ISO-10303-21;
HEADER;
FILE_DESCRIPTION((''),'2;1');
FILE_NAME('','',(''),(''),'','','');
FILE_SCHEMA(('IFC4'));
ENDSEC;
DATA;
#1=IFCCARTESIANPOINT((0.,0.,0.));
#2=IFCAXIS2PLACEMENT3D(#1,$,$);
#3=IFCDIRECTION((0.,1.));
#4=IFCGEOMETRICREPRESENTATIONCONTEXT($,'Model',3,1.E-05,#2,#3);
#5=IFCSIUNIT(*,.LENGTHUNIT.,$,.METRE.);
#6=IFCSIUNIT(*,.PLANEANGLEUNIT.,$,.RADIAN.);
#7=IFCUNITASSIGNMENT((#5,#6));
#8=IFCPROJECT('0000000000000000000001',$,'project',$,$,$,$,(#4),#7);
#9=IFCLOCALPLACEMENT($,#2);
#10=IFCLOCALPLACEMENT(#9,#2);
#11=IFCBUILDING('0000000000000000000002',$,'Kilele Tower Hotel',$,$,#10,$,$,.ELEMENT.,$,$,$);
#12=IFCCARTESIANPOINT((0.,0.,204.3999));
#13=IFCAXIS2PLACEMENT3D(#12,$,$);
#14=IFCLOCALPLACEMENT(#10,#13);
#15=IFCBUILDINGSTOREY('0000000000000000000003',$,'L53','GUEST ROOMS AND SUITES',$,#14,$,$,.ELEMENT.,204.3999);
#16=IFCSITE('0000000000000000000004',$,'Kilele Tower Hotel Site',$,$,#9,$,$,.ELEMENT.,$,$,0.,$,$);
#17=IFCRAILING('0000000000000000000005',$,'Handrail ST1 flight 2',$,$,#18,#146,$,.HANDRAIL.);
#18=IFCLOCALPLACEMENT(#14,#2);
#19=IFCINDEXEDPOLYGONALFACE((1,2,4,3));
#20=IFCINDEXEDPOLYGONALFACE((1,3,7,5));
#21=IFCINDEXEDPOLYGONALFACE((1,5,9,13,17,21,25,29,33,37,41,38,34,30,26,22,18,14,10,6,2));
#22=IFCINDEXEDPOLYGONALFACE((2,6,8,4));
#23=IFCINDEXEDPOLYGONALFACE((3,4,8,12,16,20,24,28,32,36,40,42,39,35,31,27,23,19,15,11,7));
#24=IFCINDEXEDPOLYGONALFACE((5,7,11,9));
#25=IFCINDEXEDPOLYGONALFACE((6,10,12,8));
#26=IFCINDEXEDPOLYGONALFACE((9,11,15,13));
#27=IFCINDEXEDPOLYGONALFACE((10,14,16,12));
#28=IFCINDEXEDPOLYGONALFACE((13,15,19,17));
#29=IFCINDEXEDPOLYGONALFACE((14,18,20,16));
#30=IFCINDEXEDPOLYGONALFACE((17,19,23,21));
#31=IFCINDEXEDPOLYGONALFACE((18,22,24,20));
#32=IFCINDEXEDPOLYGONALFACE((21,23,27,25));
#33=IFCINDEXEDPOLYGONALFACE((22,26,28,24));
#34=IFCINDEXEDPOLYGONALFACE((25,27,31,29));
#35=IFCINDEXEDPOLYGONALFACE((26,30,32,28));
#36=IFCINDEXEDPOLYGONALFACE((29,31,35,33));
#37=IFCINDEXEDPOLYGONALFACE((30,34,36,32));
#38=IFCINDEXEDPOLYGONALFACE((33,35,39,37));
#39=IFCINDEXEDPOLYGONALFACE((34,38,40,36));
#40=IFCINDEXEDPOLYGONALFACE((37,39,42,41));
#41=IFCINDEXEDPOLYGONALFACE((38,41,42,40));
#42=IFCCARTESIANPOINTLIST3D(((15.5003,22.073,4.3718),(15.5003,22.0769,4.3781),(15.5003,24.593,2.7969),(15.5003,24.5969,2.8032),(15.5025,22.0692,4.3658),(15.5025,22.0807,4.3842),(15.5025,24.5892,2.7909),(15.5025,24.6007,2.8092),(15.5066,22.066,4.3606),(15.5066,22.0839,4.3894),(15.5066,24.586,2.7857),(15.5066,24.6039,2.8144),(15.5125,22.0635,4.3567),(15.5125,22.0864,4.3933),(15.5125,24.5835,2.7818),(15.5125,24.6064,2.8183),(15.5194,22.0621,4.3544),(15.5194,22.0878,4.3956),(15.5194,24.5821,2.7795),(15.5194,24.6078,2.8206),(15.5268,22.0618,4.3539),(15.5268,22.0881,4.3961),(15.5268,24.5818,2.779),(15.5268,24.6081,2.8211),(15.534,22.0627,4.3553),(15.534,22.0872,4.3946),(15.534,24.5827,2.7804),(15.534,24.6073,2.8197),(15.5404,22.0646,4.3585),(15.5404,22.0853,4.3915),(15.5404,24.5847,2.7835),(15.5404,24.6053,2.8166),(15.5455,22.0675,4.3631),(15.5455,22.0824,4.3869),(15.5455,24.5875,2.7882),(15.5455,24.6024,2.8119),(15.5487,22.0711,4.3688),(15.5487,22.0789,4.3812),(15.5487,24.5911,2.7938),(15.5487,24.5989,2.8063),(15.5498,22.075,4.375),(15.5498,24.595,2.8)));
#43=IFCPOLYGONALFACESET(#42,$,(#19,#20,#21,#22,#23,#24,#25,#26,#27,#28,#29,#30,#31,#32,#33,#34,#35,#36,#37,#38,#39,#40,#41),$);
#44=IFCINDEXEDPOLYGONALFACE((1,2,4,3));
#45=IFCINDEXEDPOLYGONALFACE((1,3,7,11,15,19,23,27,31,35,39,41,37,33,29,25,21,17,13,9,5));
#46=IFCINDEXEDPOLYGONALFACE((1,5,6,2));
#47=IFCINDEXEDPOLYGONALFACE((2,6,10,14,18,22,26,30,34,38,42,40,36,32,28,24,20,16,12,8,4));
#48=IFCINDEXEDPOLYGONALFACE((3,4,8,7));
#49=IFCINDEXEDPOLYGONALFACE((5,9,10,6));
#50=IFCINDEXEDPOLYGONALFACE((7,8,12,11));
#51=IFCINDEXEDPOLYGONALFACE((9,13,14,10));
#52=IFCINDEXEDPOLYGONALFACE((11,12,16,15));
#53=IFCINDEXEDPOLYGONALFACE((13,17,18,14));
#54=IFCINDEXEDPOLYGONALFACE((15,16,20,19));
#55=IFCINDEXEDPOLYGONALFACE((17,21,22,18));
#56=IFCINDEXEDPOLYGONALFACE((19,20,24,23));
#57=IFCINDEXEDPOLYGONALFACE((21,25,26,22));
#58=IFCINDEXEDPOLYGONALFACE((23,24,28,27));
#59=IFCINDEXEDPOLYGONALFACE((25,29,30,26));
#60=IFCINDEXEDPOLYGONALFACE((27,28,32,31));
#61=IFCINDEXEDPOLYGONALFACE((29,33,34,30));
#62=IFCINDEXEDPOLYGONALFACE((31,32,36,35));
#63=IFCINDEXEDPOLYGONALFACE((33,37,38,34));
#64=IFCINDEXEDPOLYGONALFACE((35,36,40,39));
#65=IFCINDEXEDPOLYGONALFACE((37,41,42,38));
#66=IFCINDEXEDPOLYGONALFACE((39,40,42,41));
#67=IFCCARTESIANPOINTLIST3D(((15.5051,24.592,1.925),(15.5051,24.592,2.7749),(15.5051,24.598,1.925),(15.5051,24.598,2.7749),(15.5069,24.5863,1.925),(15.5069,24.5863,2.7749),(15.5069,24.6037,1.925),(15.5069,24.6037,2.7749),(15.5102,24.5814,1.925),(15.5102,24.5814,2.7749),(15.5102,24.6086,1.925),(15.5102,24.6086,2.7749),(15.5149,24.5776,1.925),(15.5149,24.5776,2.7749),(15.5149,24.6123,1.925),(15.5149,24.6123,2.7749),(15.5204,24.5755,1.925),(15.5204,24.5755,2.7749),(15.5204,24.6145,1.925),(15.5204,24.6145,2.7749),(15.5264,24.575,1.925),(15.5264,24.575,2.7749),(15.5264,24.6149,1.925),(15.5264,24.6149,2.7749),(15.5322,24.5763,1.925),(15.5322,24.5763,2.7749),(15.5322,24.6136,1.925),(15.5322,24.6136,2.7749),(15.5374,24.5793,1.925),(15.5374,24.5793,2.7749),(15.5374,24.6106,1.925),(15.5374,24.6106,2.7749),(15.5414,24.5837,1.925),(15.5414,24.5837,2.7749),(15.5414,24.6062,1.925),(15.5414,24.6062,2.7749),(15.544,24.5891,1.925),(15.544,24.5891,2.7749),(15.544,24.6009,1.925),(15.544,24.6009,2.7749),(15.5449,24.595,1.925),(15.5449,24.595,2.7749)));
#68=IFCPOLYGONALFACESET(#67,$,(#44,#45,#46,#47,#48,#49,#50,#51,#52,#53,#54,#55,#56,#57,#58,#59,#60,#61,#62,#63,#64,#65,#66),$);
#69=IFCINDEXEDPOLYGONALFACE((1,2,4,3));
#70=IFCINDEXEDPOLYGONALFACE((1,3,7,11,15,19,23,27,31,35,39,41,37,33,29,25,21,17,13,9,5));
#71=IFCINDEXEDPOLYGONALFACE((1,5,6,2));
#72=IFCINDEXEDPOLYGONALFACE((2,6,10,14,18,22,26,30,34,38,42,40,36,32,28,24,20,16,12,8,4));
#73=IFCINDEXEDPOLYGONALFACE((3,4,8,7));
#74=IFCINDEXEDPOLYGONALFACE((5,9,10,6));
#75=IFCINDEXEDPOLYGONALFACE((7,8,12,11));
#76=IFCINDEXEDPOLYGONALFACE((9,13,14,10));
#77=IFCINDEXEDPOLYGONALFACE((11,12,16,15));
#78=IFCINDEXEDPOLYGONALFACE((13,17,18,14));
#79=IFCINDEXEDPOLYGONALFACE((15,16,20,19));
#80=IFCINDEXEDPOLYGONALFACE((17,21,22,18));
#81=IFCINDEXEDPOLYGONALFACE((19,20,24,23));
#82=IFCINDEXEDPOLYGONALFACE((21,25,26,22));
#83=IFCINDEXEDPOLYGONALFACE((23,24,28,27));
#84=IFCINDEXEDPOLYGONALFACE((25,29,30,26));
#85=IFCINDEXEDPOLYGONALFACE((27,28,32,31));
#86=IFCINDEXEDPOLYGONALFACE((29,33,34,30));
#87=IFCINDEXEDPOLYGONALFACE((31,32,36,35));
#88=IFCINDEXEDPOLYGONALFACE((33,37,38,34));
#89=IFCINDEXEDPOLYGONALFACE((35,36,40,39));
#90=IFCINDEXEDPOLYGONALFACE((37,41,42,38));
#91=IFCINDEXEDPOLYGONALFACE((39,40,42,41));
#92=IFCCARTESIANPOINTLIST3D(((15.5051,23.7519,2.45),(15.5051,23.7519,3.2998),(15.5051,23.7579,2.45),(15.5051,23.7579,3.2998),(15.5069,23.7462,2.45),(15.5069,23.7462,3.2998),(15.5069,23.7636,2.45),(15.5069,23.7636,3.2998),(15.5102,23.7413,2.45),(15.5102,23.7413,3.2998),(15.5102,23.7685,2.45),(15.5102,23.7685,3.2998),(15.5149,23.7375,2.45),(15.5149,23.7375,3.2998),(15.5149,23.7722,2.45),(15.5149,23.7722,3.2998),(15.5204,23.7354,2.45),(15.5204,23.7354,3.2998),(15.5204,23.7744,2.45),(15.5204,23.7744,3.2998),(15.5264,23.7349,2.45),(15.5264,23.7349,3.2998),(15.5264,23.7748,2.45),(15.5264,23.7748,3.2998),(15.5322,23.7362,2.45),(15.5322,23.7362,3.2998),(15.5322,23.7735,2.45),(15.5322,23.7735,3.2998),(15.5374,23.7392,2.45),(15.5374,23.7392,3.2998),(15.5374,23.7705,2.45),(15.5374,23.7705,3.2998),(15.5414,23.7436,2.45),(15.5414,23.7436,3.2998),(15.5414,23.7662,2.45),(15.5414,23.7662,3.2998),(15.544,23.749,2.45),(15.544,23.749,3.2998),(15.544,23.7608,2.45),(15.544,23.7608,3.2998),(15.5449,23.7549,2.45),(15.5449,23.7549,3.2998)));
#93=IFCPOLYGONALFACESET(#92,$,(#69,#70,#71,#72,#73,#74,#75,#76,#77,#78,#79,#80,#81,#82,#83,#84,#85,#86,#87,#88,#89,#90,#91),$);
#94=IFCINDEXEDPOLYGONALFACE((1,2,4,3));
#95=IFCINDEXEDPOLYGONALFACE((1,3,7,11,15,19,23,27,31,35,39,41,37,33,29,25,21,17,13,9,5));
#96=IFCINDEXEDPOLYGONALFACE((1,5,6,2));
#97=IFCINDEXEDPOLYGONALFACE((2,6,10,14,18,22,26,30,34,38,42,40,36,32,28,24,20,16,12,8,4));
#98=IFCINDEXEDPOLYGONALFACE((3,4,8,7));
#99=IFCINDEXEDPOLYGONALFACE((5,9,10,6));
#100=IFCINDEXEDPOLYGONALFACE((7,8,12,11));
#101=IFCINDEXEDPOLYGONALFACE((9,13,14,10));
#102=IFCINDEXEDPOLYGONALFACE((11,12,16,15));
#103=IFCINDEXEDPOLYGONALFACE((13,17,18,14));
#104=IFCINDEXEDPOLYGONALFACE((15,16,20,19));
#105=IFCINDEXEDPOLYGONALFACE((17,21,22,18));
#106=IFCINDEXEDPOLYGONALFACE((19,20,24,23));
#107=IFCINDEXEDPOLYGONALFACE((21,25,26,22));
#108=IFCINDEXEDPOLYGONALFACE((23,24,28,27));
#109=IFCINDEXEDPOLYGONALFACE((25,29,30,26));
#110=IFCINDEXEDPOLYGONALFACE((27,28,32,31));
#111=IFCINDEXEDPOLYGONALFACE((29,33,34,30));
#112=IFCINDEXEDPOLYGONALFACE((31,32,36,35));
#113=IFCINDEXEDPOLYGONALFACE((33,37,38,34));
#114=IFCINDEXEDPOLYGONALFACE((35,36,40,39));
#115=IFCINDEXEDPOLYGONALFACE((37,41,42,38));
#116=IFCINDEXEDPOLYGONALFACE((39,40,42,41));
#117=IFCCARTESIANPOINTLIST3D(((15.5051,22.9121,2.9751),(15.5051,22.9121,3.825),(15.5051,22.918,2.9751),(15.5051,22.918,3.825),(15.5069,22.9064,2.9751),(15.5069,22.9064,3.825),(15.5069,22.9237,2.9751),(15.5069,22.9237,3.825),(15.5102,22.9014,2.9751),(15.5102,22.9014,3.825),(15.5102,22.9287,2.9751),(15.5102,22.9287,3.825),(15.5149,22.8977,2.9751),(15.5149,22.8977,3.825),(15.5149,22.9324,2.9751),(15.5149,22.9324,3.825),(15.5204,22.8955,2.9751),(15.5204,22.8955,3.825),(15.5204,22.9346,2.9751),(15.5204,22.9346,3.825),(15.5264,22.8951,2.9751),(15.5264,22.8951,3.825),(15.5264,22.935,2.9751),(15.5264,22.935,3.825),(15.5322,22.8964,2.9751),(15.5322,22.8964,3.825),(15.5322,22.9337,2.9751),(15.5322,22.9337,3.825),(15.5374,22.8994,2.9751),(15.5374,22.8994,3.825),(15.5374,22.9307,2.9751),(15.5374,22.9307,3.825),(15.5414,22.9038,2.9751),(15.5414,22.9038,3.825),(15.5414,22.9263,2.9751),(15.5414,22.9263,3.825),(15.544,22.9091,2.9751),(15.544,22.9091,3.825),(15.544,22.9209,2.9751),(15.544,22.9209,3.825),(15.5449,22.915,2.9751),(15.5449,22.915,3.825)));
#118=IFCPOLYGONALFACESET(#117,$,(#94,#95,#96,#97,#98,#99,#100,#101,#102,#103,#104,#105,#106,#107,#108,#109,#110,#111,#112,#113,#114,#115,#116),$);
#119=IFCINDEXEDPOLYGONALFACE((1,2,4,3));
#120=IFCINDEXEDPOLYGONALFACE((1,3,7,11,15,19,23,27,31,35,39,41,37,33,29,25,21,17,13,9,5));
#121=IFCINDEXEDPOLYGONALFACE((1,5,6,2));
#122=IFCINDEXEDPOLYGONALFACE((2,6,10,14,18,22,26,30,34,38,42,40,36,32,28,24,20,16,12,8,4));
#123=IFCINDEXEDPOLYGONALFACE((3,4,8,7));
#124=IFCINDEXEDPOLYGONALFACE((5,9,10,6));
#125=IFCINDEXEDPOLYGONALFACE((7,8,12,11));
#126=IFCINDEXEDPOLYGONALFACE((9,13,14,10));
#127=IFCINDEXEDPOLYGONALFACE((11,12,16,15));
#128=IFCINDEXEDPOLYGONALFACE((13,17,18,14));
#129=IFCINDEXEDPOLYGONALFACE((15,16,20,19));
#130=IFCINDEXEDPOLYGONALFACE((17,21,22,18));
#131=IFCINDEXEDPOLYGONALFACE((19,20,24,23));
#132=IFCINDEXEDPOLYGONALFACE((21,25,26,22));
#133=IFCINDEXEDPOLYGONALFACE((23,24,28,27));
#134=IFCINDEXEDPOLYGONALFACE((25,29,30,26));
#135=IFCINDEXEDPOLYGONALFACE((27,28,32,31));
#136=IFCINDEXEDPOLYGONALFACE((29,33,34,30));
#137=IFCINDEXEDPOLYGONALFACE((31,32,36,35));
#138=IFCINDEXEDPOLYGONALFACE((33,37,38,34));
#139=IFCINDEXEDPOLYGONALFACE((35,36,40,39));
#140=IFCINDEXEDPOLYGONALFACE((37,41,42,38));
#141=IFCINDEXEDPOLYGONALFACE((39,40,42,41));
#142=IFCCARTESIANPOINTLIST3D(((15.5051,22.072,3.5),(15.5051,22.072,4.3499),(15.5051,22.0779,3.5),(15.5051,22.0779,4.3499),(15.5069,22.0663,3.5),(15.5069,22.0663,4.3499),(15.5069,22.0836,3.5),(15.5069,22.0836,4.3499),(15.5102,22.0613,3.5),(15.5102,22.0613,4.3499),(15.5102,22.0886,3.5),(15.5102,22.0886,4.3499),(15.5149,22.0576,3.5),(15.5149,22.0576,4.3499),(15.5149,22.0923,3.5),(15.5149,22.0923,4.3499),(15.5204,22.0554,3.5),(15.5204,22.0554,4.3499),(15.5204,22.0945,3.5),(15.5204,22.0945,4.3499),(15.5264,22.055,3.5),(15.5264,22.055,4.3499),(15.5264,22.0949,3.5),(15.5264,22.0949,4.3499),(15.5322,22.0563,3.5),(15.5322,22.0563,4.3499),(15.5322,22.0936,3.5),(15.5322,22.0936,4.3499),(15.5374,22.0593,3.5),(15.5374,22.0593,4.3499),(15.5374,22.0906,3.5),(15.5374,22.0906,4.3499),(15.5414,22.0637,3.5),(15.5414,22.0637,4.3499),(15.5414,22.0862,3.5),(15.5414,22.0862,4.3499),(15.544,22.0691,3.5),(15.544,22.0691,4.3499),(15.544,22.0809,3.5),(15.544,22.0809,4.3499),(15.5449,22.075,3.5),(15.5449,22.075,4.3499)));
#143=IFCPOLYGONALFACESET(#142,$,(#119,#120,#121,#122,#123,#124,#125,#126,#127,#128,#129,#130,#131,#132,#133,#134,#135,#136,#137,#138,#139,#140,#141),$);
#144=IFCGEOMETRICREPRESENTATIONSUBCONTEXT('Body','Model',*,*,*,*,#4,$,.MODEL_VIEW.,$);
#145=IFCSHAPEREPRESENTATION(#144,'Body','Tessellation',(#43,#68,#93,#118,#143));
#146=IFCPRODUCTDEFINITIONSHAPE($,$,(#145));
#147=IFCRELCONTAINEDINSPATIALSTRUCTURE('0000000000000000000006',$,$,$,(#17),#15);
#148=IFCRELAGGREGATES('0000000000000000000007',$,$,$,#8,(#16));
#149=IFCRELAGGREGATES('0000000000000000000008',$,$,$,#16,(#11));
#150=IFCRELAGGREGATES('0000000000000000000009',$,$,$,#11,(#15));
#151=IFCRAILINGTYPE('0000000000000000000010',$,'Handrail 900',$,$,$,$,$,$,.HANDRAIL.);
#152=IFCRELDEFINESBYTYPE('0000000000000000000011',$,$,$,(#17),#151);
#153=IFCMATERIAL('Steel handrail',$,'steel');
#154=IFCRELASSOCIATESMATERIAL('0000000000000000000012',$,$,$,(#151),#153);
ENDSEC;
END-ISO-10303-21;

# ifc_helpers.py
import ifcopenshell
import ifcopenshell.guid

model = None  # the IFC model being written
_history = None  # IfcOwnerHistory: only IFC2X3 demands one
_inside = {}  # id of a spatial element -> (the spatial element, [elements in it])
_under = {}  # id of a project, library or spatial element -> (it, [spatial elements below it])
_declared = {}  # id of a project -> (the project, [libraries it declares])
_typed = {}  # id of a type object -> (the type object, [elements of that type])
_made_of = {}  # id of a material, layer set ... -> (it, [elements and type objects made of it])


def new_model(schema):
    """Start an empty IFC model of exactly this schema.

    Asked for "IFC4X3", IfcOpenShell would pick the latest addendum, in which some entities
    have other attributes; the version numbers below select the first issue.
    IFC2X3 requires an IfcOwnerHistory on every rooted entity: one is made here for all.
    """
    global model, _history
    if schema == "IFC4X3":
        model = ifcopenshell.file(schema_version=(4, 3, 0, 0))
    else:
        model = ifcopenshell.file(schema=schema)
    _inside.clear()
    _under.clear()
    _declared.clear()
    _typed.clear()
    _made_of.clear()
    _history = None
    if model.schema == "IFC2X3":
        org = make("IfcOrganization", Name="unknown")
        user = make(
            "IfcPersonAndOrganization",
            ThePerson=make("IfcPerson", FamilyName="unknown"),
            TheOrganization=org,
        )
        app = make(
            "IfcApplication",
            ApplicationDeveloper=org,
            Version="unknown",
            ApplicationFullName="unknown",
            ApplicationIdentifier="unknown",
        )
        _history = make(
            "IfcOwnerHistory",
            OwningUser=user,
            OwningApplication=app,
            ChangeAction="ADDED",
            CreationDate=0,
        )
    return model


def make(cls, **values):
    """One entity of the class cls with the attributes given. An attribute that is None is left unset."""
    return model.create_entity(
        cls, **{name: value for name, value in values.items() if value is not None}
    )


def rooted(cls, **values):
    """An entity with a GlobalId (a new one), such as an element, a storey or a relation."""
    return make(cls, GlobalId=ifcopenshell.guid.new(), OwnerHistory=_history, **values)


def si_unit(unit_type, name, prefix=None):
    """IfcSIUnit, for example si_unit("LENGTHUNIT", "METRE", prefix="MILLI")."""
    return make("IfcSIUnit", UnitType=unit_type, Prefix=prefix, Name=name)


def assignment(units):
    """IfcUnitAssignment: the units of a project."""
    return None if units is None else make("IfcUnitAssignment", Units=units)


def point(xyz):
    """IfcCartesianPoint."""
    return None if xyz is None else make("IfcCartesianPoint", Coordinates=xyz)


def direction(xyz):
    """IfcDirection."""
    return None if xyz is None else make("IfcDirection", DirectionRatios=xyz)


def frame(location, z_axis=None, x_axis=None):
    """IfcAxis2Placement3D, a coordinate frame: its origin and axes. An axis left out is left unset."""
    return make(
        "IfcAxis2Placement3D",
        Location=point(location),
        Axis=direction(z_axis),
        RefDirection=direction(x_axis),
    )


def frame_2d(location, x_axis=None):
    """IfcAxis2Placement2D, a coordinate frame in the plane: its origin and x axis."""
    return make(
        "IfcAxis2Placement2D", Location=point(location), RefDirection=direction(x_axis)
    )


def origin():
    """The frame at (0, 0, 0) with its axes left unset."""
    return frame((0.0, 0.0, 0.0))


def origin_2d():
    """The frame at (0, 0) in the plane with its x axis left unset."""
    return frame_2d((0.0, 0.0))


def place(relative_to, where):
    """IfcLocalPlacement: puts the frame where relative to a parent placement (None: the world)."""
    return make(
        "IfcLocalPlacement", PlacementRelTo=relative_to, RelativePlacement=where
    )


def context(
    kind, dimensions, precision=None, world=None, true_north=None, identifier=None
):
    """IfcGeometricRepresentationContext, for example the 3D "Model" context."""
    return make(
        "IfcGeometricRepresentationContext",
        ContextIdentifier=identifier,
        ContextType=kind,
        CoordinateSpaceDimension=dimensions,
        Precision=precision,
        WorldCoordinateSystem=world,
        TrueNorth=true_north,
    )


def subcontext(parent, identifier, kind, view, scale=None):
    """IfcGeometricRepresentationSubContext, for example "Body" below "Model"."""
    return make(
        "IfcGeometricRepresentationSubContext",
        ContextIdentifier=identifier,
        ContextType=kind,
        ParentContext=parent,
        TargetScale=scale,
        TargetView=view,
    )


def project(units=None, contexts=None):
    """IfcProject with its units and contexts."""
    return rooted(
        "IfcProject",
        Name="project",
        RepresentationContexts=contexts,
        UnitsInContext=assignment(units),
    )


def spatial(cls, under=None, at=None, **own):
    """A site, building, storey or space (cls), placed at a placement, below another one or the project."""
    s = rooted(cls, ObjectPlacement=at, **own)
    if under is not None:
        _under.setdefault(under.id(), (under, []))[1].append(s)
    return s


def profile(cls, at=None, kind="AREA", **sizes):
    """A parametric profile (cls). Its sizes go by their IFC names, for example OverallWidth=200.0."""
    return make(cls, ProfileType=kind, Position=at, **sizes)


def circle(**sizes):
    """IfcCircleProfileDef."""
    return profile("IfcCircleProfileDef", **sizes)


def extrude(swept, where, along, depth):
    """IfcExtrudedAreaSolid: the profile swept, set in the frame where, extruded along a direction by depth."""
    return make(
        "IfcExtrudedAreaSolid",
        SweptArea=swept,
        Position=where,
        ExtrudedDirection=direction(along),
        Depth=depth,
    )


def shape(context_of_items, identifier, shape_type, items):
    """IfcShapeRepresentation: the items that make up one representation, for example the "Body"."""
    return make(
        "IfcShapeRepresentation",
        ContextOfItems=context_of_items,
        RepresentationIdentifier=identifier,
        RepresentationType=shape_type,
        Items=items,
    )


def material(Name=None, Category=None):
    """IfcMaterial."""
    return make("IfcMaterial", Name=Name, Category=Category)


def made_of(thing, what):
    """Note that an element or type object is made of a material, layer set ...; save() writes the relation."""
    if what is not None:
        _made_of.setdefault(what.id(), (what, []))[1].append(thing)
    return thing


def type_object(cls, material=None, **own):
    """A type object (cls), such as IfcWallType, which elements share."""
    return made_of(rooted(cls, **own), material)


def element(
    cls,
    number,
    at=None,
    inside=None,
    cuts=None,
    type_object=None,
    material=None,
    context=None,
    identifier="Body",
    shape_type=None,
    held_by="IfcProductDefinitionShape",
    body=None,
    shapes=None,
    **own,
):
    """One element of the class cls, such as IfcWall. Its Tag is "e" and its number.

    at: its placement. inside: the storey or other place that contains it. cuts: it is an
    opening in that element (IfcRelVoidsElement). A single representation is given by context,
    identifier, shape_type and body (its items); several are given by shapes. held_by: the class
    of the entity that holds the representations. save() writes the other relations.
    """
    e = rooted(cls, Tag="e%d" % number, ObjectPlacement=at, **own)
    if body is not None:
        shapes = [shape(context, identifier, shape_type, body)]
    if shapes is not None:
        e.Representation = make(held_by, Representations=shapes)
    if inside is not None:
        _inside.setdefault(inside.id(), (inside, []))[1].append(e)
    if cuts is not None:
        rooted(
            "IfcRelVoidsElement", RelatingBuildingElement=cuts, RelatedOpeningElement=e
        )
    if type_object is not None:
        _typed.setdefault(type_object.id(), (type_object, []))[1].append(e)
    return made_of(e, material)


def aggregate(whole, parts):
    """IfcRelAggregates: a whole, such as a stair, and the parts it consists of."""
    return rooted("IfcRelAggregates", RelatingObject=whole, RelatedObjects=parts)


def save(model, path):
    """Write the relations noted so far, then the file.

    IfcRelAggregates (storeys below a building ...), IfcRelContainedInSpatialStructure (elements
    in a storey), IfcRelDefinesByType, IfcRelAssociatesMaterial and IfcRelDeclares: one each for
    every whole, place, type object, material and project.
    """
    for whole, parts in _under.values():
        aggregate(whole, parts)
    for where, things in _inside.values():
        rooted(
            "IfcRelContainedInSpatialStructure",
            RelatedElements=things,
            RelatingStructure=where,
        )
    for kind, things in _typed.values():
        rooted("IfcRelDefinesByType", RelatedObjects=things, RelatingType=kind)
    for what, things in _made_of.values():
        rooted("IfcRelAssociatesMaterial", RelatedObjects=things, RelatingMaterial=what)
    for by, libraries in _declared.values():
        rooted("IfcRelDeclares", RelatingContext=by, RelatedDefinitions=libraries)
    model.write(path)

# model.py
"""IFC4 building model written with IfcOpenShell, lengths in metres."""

from ifc_helpers import new_model, si_unit, direction, frame, origin, origin_2d, place, context, subcontext, project, spatial, circle, extrude, material, type_object, element, save


model = new_model("IFC4")

# Units and contexts
model_context = context("Model", 3, precision=1e-05, world=origin(), true_north=direction((0.0, 1.0)))
body_context = subcontext(model_context, "Body", "Model", "MODEL_VIEW")
ifc_project = project(units=[si_unit("LENGTHUNIT", "METRE"), si_unit("PLANEANGLEUNIT", "RADIAN")], contexts=[model_context])

# Site, building, storey
site_placement = place(None, origin())
site = spatial("IfcSite", under=ifc_project, at=site_placement, Name="Kilele Tower Hotel Site", CompositionType="ELEMENT", RefElevation=0.0)
building_placement = place(site_placement, origin())
building = spatial("IfcBuilding", under=site, at=building_placement, Name="Kilele Tower Hotel", CompositionType="ELEMENT")
storey_placement = place(building_placement, frame((0.0, 0.0, 204.3999)))
storey = spatial("IfcBuildingStorey", under=building, at=storey_placement, Name="L53", Description="GUEST ROOMS AND SUITES", CompositionType="ELEMENT", Elevation=204.3999)

# Railing
ifc_material_1 = material(Name="Steel handrail", Category="steel")
railing_type_1 = type_object("IfcRailingType", Name="Handrail 900", PredefinedType="HANDRAIL", material=ifc_material_1)
for number, where, name in (
    (1, (15.5249, 24.595, 1.925), "Handrail ST1 flight 2"),
):
    element("IfcRailing", number, at=place(storey_placement, frame(where)), inside=storey, type_object=railing_type_1, Name=name, PredefinedType="HANDRAIL", context=body_context, shape_type="SweptSolid", body=[
        extrude(circle(Radius=0.0249, at=origin_2d()), frame((0.0, 0.0, 0.875), z_axis=(0.0, -0.848008, 0.529984), x_axis=(1.0, 0.0, 0.0)), (0.0, 0.0, 1.0), 2.9717),
        extrude(circle(Radius=0.02, at=origin_2d()), origin(), (0.0, 0.0, 1.0), 0.8499),
        extrude(circle(Radius=0.02, at=origin_2d()), frame((0.0, -0.8401, 0.5249)), (0.0, 0.0, 1.0), 0.8499),
        extrude(circle(Radius=0.02, at=origin_2d()), frame((0.0, -1.6799, 1.05)), (0.0, 0.0, 1.0), 0.8499),
        extrude(circle(Radius=0.02, at=origin_2d()), frame((0.0, -2.52, 1.575)), (0.0, 0.0, 1.0), 0.8499),
    ])

save(model, "model.ifc")
